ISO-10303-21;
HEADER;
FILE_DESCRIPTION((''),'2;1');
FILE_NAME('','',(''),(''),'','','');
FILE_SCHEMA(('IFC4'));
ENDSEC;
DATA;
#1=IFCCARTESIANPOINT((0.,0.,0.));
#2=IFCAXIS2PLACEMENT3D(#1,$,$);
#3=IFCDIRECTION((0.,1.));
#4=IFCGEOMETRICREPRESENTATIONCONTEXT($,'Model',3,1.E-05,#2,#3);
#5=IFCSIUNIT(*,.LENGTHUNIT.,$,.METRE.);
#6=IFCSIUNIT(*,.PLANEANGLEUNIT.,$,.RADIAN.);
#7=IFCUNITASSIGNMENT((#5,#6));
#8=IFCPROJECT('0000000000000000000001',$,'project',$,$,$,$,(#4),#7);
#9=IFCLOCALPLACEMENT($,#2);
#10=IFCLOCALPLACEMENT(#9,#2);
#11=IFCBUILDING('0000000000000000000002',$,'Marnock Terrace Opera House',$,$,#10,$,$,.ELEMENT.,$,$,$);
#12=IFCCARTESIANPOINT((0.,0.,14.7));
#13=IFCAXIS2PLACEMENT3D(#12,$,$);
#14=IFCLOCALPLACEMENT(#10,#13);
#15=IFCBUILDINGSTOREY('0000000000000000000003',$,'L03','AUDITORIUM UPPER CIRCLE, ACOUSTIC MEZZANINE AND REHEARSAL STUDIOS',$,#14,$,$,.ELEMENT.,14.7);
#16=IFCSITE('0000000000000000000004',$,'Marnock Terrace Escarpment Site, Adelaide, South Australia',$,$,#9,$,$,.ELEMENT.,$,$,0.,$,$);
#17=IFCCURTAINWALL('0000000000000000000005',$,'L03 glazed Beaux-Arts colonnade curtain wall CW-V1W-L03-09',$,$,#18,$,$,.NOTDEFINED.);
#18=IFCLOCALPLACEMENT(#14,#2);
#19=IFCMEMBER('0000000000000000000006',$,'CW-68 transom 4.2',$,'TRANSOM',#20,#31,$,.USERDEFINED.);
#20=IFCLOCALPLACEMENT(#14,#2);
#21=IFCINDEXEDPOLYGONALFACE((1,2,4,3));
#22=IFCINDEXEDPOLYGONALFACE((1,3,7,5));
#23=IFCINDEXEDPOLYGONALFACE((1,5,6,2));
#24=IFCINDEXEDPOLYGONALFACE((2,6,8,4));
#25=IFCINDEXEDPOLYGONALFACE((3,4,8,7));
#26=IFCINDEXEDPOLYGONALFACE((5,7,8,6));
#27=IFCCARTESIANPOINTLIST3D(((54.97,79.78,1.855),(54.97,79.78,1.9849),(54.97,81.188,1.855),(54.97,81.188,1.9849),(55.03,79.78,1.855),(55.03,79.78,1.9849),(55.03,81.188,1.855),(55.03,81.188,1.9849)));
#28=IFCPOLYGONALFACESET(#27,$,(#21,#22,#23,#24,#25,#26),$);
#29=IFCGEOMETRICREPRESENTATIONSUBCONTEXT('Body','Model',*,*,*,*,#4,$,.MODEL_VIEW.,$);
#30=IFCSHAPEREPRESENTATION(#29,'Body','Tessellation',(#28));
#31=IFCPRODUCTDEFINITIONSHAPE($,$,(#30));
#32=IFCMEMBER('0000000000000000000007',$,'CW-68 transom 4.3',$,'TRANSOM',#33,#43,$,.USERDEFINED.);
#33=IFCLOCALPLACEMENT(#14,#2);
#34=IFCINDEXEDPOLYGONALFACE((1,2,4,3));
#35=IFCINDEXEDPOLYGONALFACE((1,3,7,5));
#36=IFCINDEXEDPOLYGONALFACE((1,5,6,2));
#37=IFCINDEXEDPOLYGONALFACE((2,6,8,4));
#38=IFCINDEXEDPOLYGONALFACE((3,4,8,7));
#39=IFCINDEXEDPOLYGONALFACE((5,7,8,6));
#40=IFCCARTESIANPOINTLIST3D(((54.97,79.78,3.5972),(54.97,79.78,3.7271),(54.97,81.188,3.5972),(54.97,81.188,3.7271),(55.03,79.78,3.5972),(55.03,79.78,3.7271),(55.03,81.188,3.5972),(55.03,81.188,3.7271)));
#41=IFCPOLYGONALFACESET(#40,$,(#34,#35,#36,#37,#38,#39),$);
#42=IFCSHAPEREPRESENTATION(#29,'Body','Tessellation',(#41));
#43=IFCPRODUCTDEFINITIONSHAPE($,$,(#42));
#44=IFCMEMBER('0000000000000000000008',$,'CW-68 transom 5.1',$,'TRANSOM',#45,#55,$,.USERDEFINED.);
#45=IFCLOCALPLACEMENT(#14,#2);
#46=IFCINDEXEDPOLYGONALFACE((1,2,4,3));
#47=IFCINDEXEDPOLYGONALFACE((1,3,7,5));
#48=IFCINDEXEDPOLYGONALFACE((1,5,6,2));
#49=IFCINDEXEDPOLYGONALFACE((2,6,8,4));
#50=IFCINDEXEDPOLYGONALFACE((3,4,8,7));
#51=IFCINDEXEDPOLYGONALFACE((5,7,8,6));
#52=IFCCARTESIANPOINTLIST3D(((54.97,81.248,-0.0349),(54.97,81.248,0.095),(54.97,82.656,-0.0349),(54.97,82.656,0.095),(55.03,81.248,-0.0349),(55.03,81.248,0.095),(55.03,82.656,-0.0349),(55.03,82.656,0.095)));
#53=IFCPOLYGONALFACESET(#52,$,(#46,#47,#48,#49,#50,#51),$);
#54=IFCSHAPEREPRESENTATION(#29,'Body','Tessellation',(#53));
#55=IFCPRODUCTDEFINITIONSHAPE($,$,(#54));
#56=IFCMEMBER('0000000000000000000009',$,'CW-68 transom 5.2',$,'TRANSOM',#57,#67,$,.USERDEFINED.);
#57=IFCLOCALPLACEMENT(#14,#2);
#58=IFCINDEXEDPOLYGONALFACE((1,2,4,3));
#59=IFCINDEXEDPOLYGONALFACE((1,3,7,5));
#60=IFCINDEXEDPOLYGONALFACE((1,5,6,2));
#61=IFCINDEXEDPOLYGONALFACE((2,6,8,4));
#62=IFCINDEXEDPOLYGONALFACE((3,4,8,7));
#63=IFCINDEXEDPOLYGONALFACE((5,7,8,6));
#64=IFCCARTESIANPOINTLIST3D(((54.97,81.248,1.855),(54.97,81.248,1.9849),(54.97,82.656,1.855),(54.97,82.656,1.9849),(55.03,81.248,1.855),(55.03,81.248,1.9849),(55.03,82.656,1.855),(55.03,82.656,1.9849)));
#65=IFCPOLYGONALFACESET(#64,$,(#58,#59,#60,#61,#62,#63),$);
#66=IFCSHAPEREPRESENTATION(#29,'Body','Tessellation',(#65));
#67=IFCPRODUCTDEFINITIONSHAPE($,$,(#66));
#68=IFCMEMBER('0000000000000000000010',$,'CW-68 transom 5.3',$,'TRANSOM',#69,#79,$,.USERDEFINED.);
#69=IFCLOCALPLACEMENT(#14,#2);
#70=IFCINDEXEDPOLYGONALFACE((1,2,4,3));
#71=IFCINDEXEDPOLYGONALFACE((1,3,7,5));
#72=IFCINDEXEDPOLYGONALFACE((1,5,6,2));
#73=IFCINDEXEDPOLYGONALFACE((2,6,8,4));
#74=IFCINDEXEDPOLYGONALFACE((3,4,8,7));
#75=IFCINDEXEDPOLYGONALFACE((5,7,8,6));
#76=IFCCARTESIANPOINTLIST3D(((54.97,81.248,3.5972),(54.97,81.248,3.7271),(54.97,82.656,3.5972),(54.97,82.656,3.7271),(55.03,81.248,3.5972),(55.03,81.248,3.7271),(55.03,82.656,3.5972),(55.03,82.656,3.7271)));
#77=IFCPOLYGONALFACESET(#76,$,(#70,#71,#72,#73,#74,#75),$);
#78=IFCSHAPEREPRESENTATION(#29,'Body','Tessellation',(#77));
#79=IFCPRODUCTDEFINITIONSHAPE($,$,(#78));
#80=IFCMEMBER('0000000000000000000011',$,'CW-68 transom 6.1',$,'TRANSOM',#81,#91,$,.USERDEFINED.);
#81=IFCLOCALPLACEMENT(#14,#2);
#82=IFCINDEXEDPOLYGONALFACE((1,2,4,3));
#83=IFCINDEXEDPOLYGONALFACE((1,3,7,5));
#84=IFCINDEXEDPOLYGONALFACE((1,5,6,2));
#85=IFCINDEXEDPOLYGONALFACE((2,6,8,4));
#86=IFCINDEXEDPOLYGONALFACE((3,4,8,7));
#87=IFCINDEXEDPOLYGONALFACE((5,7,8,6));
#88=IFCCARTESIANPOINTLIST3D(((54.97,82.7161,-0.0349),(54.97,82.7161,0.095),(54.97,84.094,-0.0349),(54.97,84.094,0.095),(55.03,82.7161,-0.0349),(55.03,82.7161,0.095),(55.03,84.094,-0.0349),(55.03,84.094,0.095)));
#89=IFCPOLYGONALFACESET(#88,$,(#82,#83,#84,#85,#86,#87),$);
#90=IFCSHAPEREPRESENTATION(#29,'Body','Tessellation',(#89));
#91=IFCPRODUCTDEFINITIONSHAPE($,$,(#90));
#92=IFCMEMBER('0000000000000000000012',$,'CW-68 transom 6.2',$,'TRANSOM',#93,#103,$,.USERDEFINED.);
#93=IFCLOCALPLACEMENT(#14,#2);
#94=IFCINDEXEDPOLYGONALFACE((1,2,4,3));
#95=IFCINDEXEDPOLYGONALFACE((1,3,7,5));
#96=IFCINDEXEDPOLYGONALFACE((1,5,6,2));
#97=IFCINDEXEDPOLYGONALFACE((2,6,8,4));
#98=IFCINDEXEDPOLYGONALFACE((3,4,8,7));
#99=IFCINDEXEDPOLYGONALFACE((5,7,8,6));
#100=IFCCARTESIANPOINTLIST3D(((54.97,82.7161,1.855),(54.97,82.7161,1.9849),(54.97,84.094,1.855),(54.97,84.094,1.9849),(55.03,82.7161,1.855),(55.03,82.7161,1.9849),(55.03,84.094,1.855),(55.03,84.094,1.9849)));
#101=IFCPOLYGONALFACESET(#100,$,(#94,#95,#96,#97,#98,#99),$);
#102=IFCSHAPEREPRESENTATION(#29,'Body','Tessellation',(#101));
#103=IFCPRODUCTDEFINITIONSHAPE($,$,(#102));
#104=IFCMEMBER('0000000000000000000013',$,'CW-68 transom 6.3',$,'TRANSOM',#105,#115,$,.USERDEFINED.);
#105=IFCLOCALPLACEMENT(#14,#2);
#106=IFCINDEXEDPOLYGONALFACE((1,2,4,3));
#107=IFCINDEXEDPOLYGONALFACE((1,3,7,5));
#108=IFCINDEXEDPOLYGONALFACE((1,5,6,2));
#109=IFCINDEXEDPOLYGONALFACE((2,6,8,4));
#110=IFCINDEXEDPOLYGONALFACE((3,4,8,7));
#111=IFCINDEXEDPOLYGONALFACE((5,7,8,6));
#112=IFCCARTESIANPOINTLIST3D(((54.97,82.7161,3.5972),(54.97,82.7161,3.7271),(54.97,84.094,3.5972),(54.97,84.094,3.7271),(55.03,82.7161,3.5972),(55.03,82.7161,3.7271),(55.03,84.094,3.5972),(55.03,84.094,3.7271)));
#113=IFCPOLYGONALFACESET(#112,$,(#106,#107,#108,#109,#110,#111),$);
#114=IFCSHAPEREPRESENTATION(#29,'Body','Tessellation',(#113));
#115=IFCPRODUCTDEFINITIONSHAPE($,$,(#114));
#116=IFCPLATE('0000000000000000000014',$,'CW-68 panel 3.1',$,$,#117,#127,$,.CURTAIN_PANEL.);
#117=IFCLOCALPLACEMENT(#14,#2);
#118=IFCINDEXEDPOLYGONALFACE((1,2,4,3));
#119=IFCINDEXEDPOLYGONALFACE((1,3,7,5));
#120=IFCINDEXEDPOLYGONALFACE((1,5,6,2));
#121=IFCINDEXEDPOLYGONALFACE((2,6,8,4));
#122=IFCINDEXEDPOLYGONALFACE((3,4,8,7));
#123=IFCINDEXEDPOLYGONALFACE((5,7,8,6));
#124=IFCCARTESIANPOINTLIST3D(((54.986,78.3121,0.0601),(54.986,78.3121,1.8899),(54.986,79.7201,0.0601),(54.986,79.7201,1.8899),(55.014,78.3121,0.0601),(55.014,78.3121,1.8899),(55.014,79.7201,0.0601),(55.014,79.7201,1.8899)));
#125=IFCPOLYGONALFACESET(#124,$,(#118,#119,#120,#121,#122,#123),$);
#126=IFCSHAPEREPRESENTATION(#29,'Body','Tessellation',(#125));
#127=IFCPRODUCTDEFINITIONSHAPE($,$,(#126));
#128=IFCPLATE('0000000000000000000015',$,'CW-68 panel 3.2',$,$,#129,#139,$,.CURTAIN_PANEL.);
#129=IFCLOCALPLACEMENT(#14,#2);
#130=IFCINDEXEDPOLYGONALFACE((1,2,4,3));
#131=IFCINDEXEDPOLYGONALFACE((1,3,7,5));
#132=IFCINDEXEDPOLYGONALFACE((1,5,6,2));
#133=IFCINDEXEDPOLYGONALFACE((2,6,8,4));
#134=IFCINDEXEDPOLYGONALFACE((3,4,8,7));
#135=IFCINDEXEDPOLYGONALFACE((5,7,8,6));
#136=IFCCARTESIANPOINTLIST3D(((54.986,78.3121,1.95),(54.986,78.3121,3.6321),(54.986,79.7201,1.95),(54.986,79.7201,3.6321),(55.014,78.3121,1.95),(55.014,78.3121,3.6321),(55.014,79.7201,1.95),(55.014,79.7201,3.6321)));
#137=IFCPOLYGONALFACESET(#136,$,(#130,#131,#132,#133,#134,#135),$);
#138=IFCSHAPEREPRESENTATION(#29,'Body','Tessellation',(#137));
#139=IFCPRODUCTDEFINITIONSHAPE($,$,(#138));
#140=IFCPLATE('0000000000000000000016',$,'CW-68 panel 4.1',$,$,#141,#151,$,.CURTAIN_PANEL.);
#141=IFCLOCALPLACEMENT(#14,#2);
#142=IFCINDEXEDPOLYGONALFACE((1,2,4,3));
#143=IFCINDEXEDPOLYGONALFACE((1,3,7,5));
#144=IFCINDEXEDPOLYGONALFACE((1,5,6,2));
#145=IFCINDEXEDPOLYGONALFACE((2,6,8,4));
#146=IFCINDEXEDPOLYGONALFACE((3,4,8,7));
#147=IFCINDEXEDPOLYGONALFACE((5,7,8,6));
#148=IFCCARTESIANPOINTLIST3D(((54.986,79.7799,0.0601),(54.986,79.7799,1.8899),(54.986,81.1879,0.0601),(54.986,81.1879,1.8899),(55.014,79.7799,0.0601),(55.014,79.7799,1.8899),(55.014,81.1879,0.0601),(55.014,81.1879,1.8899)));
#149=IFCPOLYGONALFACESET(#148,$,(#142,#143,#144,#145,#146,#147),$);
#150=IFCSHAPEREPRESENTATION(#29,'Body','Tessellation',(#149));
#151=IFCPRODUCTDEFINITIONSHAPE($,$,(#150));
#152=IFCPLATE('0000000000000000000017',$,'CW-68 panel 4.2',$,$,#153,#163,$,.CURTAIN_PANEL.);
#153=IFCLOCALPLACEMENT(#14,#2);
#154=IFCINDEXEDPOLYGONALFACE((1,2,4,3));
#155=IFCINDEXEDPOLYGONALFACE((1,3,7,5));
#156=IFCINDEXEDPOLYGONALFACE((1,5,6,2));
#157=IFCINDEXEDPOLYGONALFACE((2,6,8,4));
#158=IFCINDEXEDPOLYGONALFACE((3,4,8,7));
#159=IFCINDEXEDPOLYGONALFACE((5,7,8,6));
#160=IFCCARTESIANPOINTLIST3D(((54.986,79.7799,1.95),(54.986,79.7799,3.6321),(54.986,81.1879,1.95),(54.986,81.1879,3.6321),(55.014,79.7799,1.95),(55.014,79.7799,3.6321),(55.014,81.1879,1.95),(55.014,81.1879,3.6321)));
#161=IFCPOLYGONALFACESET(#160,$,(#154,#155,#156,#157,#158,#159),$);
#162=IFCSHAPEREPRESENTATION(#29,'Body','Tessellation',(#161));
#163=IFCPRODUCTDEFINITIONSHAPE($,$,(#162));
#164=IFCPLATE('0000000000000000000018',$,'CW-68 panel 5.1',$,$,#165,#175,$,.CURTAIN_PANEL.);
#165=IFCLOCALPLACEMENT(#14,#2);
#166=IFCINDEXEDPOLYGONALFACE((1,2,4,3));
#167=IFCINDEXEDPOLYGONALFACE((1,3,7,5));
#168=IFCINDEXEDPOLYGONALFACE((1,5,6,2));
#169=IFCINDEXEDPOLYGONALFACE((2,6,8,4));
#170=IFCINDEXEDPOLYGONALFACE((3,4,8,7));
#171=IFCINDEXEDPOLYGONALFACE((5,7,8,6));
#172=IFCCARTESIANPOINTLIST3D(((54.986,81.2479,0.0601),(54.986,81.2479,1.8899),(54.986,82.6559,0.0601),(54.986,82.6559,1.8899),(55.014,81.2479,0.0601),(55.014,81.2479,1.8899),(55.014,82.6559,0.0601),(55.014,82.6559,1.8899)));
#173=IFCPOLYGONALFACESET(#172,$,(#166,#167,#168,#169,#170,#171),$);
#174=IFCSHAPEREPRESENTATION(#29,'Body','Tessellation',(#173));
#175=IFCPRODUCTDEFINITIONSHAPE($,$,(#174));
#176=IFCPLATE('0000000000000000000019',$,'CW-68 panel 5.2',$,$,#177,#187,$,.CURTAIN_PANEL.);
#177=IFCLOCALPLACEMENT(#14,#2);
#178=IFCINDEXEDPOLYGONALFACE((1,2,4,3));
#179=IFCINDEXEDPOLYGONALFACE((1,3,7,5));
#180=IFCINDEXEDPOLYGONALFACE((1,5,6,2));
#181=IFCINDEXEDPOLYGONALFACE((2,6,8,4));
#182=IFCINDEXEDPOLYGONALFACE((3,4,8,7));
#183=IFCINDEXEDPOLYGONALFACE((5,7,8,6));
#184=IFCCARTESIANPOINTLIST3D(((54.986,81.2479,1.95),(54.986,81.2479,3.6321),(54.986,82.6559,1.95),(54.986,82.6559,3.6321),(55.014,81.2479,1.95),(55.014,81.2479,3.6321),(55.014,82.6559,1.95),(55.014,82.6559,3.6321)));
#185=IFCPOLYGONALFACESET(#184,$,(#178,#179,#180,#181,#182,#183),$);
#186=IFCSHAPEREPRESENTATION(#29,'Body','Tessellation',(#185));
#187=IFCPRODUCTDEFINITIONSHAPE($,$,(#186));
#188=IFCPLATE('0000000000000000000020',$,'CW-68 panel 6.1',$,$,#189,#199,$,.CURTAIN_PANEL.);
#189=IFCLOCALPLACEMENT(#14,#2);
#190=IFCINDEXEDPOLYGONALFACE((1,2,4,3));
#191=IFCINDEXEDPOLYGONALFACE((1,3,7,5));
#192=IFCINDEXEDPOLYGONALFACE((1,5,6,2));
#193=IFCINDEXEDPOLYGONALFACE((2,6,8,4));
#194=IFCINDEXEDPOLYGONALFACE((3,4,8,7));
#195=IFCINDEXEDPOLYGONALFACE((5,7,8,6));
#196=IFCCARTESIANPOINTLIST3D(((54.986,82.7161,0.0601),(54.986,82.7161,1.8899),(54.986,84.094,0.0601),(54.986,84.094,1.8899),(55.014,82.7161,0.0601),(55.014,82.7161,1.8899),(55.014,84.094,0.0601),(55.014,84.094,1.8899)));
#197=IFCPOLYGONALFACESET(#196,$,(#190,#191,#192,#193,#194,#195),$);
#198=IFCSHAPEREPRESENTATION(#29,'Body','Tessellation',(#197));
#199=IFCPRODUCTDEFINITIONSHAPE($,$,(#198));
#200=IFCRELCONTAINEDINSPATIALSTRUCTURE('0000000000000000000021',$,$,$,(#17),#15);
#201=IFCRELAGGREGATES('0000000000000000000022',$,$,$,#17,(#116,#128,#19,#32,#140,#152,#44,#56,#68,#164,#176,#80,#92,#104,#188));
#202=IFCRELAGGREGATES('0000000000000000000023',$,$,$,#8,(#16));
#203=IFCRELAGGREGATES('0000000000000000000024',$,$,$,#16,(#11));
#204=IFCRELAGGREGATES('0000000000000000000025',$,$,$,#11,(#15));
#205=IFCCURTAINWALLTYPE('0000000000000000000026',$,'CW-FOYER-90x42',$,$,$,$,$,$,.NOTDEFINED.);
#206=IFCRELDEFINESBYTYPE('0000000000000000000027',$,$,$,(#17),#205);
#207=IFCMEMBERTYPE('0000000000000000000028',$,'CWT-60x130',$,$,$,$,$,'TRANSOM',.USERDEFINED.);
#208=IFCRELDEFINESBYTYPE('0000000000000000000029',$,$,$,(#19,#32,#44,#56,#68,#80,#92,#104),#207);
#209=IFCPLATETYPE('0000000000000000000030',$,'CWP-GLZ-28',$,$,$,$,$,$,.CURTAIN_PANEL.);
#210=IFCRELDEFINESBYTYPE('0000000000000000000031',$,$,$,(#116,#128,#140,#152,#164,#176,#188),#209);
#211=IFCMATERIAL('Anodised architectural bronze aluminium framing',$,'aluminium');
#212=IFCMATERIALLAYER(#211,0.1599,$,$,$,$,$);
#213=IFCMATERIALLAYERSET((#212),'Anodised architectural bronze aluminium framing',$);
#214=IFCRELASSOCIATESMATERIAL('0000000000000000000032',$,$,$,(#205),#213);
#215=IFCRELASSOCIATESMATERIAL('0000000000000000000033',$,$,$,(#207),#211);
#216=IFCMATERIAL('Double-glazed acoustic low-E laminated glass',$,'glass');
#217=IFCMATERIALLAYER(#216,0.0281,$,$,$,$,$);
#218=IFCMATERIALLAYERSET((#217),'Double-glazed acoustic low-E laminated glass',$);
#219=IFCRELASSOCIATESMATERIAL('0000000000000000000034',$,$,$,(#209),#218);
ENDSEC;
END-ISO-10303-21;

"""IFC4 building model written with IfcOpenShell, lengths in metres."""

from ifc_helpers import new_model, si_unit, direction, frame, origin, origin_2d, place, context, subcontext, project, spatial, rectangle, extrude, material, layer, layer_set, material_profile, profile_set, type_object, element, aggregate, save


model = new_model("IFC4")

# Units and contexts
model_context = context("Model", 3, precision=1e-05, world=origin(), true_north=direction((0.0, 1.0)))
body_context = subcontext(model_context, "Body", "Model", "MODEL_VIEW")
ifc_project = project(units=[si_unit("LENGTHUNIT", "METRE"), si_unit("PLANEANGLEUNIT", "RADIAN")], contexts=[model_context])

# Site, building, storey
site_placement = place(None, origin())
site = spatial("IfcSite", under=ifc_project, at=site_placement, Name="Marnock Terrace Escarpment Site, Adelaide, South Australia", CompositionType="ELEMENT", RefElevation=0.0)
building_placement = place(site_placement, origin())
building = spatial("IfcBuilding", under=site, at=building_placement, Name="Marnock Terrace Opera House", CompositionType="ELEMENT")
storey_placement = place(building_placement, frame((0.0, 0.0, 14.7)))
storey = spatial("IfcBuildingStorey", under=building, at=storey_placement, Name="L03", Description="AUDITORIUM UPPER CIRCLE, ACOUSTIC MEZZANINE AND REHEARSAL STUDIOS", CompositionType="ELEMENT", Elevation=14.7)

# Curtain wall, members, plates
ifc_material_1 = material(Name="Anodised architectural bronze aluminium framing", Category="aluminium")
ifc_layer_1 = layer(ifc_material_1, 0.1599)
ifc_layer_set_1 = layer_set([ifc_layer_1], Name="Anodised architectural bronze aluminium framing")
curtain_wall_type = type_object("IfcCurtainWallType", Name="CW-FOYER-90x42", PredefinedType="NOTDEFINED", material=ifc_layer_set_1)
curtain_wall_placement = place(storey_placement, origin())
curtain_wall = element("IfcCurtainWall", 1, at=curtain_wall_placement, inside=storey, type_object=curtain_wall_type, Name="L03 glazed Beaux-Arts colonnade curtain wall CW-V1W-L03-09", PredefinedType="NOTDEFINED")
ifc_material_profile_1 = material_profile(ifc_material_1, rectangle(XDim=0.0601, YDim=0.1299, at=origin_2d()))
ifc_profile_set_1 = profile_set([ifc_material_profile_1], Name="Anodised architectural bronze aluminium framing")
member_type_1 = type_object("IfcMemberType", Name="CWT-60x130", ElementType="TRANSOM", PredefinedType="USERDEFINED", material=ifc_profile_set_1)
member_1_placement = place(storey_placement, frame((55.0, 79.78, 1.9199), z_axis=(0.0, 1.0, 0.0), x_axis=(-1.0, 0.0, 0.0)))
member_1 = element("IfcMember", 2, at=member_1_placement, type_object=member_type_1, Name="CW-68 transom 4.2", ObjectType="TRANSOM", PredefinedType="USERDEFINED", context=body_context, shape_type="SweptSolid", body=[
    extrude(rectangle(XDim=0.0601, YDim=0.1299, at=origin_2d()), origin(), (0.0, 0.0, 1.0), 1.408),
])
member_2_placement = place(storey_placement, frame((55.0, 79.78, 3.6621), z_axis=(0.0, 1.0, 0.0), x_axis=(-1.0, 0.0, 0.0)))
member_2 = element("IfcMember", 3, at=member_2_placement, type_object=member_type_1, Name="CW-68 transom 4.3", ObjectType="TRANSOM", PredefinedType="USERDEFINED", context=body_context, shape_type="SweptSolid", body=[
    extrude(rectangle(XDim=0.0601, YDim=0.1299, at=origin_2d()), origin(), (0.0, 0.0, 1.0), 1.408),
])
member_3_placement = place(storey_placement, frame((55.0, 81.248, 0.03), z_axis=(0.0, 1.0, 0.0), x_axis=(-1.0, 0.0, 0.0)))
member_3 = element("IfcMember", 4, at=member_3_placement, type_object=member_type_1, Name="CW-68 transom 5.1", ObjectType="TRANSOM", PredefinedType="USERDEFINED", context=body_context, shape_type="SweptSolid", body=[
    extrude(rectangle(XDim=0.0601, YDim=0.1299, at=origin_2d()), origin(), (0.0, 0.0, 1.0), 1.408),
])
member_4_placement = place(storey_placement, frame((55.0, 81.248, 1.9199), z_axis=(0.0, 1.0, 0.0), x_axis=(-1.0, 0.0, 0.0)))
member_4 = element("IfcMember", 5, at=member_4_placement, type_object=member_type_1, Name="CW-68 transom 5.2", ObjectType="TRANSOM", PredefinedType="USERDEFINED", context=body_context, shape_type="SweptSolid", body=[
    extrude(rectangle(XDim=0.0601, YDim=0.1299, at=origin_2d()), origin(), (0.0, 0.0, 1.0), 1.408),
])
member_5_placement = place(storey_placement, frame((55.0, 81.248, 3.6621), z_axis=(0.0, 1.0, 0.0), x_axis=(-1.0, 0.0, 0.0)))
member_5 = element("IfcMember", 6, at=member_5_placement, type_object=member_type_1, Name="CW-68 transom 5.3", ObjectType="TRANSOM", PredefinedType="USERDEFINED", context=body_context, shape_type="SweptSolid", body=[
    extrude(rectangle(XDim=0.0601, YDim=0.1299, at=origin_2d()), origin(), (0.0, 0.0, 1.0), 1.408),
])
member_6_placement = place(storey_placement, frame((55.0, 82.7161, 0.03), z_axis=(0.0, 1.0, 0.0), x_axis=(-1.0, 0.0, 0.0)))
member_6 = element("IfcMember", 7, at=member_6_placement, type_object=member_type_1, Name="CW-68 transom 6.1", ObjectType="TRANSOM", PredefinedType="USERDEFINED", context=body_context, shape_type="SweptSolid", body=[
    extrude(rectangle(XDim=0.0601, YDim=0.1299, at=origin_2d()), origin(), (0.0, 0.0, 1.0), 1.3779),
])
member_7_placement = place(storey_placement, frame((55.0, 82.7161, 1.9199), z_axis=(0.0, 1.0, 0.0), x_axis=(-1.0, 0.0, 0.0)))
member_7 = element("IfcMember", 8, at=member_7_placement, type_object=member_type_1, Name="CW-68 transom 6.2", ObjectType="TRANSOM", PredefinedType="USERDEFINED", context=body_context, shape_type="SweptSolid", body=[
    extrude(rectangle(XDim=0.0601, YDim=0.1299, at=origin_2d()), origin(), (0.0, 0.0, 1.0), 1.3779),
])
member_8_placement = place(storey_placement, frame((55.0, 82.7161, 3.6621), z_axis=(0.0, 1.0, 0.0), x_axis=(-1.0, 0.0, 0.0)))
member_8 = element("IfcMember", 9, at=member_8_placement, type_object=member_type_1, Name="CW-68 transom 6.3", ObjectType="TRANSOM", PredefinedType="USERDEFINED", context=body_context, shape_type="SweptSolid", body=[
    extrude(rectangle(XDim=0.0601, YDim=0.1299, at=origin_2d()), origin(), (0.0, 0.0, 1.0), 1.3779),
])
ifc_material_2 = material(Name="Double-glazed acoustic low-E laminated glass", Category="glass")
ifc_layer_2 = layer(ifc_material_2, 0.0281)
ifc_layer_set_2 = layer_set([ifc_layer_2], Name="Double-glazed acoustic low-E laminated glass")
plate_type = type_object("IfcPlateType", Name="CWP-GLZ-28", PredefinedType="CURTAIN_PANEL", material=ifc_layer_set_2)
plate_1_placement = place(storey_placement, frame((55.0, 79.0161, 0.0601), z_axis=(0.0, 0.0, 1.0), x_axis=(0.0, 1.0, 0.0)))
plate_1 = element("IfcPlate", 10, at=plate_1_placement, type_object=plate_type, Name="CW-68 panel 3.1", PredefinedType="CURTAIN_PANEL", context=body_context, shape_type="SweptSolid", body=[
    extrude(rectangle(XDim=1.408, YDim=0.0281, at=origin_2d()), origin(), (0.0, 0.0, 1.0), 1.8298),
])
plate_2_placement = place(storey_placement, frame((55.0, 79.0161, 1.95), z_axis=(0.0, 0.0, 1.0), x_axis=(0.0, 1.0, 0.0)))
plate_2 = element("IfcPlate", 11, at=plate_2_placement, type_object=plate_type, Name="CW-68 panel 3.2", PredefinedType="CURTAIN_PANEL", context=body_context, shape_type="SweptSolid", body=[
    extrude(rectangle(XDim=1.408, YDim=0.0281, at=origin_2d()), origin(), (0.0, 0.0, 1.0), 1.6821),
])
plate_3_placement = place(storey_placement, frame((55.0, 80.4839, 0.0601), z_axis=(0.0, 0.0, 1.0), x_axis=(0.0, 1.0, 0.0)))
plate_3 = element("IfcPlate", 12, at=plate_3_placement, type_object=plate_type, Name="CW-68 panel 4.1", PredefinedType="CURTAIN_PANEL", context=body_context, shape_type="SweptSolid", body=[
    extrude(rectangle(XDim=1.408, YDim=0.0281, at=origin_2d()), origin(), (0.0, 0.0, 1.0), 1.8298),
])
plate_4_placement = place(storey_placement, frame((55.0, 80.4839, 1.95), z_axis=(0.0, 0.0, 1.0), x_axis=(0.0, 1.0, 0.0)))
plate_4 = element("IfcPlate", 13, at=plate_4_placement, type_object=plate_type, Name="CW-68 panel 4.2", PredefinedType="CURTAIN_PANEL", context=body_context, shape_type="SweptSolid", body=[
    extrude(rectangle(XDim=1.408, YDim=0.0281, at=origin_2d()), origin(), (0.0, 0.0, 1.0), 1.6821),
])
plate_5_placement = place(storey_placement, frame((55.0, 81.9519, 0.0601), z_axis=(0.0, 0.0, 1.0), x_axis=(0.0, 1.0, 0.0)))
plate_5 = element("IfcPlate", 14, at=plate_5_placement, type_object=plate_type, Name="CW-68 panel 5.1", PredefinedType="CURTAIN_PANEL", context=body_context, shape_type="SweptSolid", body=[
    extrude(rectangle(XDim=1.408, YDim=0.0281, at=origin_2d()), origin(), (0.0, 0.0, 1.0), 1.8298),
])
plate_6_placement = place(storey_placement, frame((55.0, 81.9519, 1.95), z_axis=(0.0, 0.0, 1.0), x_axis=(0.0, 1.0, 0.0)))
plate_6 = element("IfcPlate", 15, at=plate_6_placement, type_object=plate_type, Name="CW-68 panel 5.2", PredefinedType="CURTAIN_PANEL", context=body_context, shape_type="SweptSolid", body=[
    extrude(rectangle(XDim=1.408, YDim=0.0281, at=origin_2d()), origin(), (0.0, 0.0, 1.0), 1.6821),
])
plate_7_placement = place(storey_placement, frame((55.0, 83.405, 0.0601), z_axis=(0.0, 0.0, 1.0), x_axis=(0.0, 1.0, 0.0)))
plate_7 = element("IfcPlate", 16, at=plate_7_placement, type_object=plate_type, Name="CW-68 panel 6.1", PredefinedType="CURTAIN_PANEL", context=body_context, shape_type="SweptSolid", body=[
    extrude(rectangle(XDim=1.3779, YDim=0.0281, at=origin_2d()), origin(), (0.0, 0.0, 1.0), 1.8298),
])
aggregate(curtain_wall, [plate_1, plate_2, member_1, member_2, plate_3, plate_4, member_3, member_4, member_5, plate_5, plate_6, member_6, member_7, member_8, plate_7])

save(model, "model.ifc")
